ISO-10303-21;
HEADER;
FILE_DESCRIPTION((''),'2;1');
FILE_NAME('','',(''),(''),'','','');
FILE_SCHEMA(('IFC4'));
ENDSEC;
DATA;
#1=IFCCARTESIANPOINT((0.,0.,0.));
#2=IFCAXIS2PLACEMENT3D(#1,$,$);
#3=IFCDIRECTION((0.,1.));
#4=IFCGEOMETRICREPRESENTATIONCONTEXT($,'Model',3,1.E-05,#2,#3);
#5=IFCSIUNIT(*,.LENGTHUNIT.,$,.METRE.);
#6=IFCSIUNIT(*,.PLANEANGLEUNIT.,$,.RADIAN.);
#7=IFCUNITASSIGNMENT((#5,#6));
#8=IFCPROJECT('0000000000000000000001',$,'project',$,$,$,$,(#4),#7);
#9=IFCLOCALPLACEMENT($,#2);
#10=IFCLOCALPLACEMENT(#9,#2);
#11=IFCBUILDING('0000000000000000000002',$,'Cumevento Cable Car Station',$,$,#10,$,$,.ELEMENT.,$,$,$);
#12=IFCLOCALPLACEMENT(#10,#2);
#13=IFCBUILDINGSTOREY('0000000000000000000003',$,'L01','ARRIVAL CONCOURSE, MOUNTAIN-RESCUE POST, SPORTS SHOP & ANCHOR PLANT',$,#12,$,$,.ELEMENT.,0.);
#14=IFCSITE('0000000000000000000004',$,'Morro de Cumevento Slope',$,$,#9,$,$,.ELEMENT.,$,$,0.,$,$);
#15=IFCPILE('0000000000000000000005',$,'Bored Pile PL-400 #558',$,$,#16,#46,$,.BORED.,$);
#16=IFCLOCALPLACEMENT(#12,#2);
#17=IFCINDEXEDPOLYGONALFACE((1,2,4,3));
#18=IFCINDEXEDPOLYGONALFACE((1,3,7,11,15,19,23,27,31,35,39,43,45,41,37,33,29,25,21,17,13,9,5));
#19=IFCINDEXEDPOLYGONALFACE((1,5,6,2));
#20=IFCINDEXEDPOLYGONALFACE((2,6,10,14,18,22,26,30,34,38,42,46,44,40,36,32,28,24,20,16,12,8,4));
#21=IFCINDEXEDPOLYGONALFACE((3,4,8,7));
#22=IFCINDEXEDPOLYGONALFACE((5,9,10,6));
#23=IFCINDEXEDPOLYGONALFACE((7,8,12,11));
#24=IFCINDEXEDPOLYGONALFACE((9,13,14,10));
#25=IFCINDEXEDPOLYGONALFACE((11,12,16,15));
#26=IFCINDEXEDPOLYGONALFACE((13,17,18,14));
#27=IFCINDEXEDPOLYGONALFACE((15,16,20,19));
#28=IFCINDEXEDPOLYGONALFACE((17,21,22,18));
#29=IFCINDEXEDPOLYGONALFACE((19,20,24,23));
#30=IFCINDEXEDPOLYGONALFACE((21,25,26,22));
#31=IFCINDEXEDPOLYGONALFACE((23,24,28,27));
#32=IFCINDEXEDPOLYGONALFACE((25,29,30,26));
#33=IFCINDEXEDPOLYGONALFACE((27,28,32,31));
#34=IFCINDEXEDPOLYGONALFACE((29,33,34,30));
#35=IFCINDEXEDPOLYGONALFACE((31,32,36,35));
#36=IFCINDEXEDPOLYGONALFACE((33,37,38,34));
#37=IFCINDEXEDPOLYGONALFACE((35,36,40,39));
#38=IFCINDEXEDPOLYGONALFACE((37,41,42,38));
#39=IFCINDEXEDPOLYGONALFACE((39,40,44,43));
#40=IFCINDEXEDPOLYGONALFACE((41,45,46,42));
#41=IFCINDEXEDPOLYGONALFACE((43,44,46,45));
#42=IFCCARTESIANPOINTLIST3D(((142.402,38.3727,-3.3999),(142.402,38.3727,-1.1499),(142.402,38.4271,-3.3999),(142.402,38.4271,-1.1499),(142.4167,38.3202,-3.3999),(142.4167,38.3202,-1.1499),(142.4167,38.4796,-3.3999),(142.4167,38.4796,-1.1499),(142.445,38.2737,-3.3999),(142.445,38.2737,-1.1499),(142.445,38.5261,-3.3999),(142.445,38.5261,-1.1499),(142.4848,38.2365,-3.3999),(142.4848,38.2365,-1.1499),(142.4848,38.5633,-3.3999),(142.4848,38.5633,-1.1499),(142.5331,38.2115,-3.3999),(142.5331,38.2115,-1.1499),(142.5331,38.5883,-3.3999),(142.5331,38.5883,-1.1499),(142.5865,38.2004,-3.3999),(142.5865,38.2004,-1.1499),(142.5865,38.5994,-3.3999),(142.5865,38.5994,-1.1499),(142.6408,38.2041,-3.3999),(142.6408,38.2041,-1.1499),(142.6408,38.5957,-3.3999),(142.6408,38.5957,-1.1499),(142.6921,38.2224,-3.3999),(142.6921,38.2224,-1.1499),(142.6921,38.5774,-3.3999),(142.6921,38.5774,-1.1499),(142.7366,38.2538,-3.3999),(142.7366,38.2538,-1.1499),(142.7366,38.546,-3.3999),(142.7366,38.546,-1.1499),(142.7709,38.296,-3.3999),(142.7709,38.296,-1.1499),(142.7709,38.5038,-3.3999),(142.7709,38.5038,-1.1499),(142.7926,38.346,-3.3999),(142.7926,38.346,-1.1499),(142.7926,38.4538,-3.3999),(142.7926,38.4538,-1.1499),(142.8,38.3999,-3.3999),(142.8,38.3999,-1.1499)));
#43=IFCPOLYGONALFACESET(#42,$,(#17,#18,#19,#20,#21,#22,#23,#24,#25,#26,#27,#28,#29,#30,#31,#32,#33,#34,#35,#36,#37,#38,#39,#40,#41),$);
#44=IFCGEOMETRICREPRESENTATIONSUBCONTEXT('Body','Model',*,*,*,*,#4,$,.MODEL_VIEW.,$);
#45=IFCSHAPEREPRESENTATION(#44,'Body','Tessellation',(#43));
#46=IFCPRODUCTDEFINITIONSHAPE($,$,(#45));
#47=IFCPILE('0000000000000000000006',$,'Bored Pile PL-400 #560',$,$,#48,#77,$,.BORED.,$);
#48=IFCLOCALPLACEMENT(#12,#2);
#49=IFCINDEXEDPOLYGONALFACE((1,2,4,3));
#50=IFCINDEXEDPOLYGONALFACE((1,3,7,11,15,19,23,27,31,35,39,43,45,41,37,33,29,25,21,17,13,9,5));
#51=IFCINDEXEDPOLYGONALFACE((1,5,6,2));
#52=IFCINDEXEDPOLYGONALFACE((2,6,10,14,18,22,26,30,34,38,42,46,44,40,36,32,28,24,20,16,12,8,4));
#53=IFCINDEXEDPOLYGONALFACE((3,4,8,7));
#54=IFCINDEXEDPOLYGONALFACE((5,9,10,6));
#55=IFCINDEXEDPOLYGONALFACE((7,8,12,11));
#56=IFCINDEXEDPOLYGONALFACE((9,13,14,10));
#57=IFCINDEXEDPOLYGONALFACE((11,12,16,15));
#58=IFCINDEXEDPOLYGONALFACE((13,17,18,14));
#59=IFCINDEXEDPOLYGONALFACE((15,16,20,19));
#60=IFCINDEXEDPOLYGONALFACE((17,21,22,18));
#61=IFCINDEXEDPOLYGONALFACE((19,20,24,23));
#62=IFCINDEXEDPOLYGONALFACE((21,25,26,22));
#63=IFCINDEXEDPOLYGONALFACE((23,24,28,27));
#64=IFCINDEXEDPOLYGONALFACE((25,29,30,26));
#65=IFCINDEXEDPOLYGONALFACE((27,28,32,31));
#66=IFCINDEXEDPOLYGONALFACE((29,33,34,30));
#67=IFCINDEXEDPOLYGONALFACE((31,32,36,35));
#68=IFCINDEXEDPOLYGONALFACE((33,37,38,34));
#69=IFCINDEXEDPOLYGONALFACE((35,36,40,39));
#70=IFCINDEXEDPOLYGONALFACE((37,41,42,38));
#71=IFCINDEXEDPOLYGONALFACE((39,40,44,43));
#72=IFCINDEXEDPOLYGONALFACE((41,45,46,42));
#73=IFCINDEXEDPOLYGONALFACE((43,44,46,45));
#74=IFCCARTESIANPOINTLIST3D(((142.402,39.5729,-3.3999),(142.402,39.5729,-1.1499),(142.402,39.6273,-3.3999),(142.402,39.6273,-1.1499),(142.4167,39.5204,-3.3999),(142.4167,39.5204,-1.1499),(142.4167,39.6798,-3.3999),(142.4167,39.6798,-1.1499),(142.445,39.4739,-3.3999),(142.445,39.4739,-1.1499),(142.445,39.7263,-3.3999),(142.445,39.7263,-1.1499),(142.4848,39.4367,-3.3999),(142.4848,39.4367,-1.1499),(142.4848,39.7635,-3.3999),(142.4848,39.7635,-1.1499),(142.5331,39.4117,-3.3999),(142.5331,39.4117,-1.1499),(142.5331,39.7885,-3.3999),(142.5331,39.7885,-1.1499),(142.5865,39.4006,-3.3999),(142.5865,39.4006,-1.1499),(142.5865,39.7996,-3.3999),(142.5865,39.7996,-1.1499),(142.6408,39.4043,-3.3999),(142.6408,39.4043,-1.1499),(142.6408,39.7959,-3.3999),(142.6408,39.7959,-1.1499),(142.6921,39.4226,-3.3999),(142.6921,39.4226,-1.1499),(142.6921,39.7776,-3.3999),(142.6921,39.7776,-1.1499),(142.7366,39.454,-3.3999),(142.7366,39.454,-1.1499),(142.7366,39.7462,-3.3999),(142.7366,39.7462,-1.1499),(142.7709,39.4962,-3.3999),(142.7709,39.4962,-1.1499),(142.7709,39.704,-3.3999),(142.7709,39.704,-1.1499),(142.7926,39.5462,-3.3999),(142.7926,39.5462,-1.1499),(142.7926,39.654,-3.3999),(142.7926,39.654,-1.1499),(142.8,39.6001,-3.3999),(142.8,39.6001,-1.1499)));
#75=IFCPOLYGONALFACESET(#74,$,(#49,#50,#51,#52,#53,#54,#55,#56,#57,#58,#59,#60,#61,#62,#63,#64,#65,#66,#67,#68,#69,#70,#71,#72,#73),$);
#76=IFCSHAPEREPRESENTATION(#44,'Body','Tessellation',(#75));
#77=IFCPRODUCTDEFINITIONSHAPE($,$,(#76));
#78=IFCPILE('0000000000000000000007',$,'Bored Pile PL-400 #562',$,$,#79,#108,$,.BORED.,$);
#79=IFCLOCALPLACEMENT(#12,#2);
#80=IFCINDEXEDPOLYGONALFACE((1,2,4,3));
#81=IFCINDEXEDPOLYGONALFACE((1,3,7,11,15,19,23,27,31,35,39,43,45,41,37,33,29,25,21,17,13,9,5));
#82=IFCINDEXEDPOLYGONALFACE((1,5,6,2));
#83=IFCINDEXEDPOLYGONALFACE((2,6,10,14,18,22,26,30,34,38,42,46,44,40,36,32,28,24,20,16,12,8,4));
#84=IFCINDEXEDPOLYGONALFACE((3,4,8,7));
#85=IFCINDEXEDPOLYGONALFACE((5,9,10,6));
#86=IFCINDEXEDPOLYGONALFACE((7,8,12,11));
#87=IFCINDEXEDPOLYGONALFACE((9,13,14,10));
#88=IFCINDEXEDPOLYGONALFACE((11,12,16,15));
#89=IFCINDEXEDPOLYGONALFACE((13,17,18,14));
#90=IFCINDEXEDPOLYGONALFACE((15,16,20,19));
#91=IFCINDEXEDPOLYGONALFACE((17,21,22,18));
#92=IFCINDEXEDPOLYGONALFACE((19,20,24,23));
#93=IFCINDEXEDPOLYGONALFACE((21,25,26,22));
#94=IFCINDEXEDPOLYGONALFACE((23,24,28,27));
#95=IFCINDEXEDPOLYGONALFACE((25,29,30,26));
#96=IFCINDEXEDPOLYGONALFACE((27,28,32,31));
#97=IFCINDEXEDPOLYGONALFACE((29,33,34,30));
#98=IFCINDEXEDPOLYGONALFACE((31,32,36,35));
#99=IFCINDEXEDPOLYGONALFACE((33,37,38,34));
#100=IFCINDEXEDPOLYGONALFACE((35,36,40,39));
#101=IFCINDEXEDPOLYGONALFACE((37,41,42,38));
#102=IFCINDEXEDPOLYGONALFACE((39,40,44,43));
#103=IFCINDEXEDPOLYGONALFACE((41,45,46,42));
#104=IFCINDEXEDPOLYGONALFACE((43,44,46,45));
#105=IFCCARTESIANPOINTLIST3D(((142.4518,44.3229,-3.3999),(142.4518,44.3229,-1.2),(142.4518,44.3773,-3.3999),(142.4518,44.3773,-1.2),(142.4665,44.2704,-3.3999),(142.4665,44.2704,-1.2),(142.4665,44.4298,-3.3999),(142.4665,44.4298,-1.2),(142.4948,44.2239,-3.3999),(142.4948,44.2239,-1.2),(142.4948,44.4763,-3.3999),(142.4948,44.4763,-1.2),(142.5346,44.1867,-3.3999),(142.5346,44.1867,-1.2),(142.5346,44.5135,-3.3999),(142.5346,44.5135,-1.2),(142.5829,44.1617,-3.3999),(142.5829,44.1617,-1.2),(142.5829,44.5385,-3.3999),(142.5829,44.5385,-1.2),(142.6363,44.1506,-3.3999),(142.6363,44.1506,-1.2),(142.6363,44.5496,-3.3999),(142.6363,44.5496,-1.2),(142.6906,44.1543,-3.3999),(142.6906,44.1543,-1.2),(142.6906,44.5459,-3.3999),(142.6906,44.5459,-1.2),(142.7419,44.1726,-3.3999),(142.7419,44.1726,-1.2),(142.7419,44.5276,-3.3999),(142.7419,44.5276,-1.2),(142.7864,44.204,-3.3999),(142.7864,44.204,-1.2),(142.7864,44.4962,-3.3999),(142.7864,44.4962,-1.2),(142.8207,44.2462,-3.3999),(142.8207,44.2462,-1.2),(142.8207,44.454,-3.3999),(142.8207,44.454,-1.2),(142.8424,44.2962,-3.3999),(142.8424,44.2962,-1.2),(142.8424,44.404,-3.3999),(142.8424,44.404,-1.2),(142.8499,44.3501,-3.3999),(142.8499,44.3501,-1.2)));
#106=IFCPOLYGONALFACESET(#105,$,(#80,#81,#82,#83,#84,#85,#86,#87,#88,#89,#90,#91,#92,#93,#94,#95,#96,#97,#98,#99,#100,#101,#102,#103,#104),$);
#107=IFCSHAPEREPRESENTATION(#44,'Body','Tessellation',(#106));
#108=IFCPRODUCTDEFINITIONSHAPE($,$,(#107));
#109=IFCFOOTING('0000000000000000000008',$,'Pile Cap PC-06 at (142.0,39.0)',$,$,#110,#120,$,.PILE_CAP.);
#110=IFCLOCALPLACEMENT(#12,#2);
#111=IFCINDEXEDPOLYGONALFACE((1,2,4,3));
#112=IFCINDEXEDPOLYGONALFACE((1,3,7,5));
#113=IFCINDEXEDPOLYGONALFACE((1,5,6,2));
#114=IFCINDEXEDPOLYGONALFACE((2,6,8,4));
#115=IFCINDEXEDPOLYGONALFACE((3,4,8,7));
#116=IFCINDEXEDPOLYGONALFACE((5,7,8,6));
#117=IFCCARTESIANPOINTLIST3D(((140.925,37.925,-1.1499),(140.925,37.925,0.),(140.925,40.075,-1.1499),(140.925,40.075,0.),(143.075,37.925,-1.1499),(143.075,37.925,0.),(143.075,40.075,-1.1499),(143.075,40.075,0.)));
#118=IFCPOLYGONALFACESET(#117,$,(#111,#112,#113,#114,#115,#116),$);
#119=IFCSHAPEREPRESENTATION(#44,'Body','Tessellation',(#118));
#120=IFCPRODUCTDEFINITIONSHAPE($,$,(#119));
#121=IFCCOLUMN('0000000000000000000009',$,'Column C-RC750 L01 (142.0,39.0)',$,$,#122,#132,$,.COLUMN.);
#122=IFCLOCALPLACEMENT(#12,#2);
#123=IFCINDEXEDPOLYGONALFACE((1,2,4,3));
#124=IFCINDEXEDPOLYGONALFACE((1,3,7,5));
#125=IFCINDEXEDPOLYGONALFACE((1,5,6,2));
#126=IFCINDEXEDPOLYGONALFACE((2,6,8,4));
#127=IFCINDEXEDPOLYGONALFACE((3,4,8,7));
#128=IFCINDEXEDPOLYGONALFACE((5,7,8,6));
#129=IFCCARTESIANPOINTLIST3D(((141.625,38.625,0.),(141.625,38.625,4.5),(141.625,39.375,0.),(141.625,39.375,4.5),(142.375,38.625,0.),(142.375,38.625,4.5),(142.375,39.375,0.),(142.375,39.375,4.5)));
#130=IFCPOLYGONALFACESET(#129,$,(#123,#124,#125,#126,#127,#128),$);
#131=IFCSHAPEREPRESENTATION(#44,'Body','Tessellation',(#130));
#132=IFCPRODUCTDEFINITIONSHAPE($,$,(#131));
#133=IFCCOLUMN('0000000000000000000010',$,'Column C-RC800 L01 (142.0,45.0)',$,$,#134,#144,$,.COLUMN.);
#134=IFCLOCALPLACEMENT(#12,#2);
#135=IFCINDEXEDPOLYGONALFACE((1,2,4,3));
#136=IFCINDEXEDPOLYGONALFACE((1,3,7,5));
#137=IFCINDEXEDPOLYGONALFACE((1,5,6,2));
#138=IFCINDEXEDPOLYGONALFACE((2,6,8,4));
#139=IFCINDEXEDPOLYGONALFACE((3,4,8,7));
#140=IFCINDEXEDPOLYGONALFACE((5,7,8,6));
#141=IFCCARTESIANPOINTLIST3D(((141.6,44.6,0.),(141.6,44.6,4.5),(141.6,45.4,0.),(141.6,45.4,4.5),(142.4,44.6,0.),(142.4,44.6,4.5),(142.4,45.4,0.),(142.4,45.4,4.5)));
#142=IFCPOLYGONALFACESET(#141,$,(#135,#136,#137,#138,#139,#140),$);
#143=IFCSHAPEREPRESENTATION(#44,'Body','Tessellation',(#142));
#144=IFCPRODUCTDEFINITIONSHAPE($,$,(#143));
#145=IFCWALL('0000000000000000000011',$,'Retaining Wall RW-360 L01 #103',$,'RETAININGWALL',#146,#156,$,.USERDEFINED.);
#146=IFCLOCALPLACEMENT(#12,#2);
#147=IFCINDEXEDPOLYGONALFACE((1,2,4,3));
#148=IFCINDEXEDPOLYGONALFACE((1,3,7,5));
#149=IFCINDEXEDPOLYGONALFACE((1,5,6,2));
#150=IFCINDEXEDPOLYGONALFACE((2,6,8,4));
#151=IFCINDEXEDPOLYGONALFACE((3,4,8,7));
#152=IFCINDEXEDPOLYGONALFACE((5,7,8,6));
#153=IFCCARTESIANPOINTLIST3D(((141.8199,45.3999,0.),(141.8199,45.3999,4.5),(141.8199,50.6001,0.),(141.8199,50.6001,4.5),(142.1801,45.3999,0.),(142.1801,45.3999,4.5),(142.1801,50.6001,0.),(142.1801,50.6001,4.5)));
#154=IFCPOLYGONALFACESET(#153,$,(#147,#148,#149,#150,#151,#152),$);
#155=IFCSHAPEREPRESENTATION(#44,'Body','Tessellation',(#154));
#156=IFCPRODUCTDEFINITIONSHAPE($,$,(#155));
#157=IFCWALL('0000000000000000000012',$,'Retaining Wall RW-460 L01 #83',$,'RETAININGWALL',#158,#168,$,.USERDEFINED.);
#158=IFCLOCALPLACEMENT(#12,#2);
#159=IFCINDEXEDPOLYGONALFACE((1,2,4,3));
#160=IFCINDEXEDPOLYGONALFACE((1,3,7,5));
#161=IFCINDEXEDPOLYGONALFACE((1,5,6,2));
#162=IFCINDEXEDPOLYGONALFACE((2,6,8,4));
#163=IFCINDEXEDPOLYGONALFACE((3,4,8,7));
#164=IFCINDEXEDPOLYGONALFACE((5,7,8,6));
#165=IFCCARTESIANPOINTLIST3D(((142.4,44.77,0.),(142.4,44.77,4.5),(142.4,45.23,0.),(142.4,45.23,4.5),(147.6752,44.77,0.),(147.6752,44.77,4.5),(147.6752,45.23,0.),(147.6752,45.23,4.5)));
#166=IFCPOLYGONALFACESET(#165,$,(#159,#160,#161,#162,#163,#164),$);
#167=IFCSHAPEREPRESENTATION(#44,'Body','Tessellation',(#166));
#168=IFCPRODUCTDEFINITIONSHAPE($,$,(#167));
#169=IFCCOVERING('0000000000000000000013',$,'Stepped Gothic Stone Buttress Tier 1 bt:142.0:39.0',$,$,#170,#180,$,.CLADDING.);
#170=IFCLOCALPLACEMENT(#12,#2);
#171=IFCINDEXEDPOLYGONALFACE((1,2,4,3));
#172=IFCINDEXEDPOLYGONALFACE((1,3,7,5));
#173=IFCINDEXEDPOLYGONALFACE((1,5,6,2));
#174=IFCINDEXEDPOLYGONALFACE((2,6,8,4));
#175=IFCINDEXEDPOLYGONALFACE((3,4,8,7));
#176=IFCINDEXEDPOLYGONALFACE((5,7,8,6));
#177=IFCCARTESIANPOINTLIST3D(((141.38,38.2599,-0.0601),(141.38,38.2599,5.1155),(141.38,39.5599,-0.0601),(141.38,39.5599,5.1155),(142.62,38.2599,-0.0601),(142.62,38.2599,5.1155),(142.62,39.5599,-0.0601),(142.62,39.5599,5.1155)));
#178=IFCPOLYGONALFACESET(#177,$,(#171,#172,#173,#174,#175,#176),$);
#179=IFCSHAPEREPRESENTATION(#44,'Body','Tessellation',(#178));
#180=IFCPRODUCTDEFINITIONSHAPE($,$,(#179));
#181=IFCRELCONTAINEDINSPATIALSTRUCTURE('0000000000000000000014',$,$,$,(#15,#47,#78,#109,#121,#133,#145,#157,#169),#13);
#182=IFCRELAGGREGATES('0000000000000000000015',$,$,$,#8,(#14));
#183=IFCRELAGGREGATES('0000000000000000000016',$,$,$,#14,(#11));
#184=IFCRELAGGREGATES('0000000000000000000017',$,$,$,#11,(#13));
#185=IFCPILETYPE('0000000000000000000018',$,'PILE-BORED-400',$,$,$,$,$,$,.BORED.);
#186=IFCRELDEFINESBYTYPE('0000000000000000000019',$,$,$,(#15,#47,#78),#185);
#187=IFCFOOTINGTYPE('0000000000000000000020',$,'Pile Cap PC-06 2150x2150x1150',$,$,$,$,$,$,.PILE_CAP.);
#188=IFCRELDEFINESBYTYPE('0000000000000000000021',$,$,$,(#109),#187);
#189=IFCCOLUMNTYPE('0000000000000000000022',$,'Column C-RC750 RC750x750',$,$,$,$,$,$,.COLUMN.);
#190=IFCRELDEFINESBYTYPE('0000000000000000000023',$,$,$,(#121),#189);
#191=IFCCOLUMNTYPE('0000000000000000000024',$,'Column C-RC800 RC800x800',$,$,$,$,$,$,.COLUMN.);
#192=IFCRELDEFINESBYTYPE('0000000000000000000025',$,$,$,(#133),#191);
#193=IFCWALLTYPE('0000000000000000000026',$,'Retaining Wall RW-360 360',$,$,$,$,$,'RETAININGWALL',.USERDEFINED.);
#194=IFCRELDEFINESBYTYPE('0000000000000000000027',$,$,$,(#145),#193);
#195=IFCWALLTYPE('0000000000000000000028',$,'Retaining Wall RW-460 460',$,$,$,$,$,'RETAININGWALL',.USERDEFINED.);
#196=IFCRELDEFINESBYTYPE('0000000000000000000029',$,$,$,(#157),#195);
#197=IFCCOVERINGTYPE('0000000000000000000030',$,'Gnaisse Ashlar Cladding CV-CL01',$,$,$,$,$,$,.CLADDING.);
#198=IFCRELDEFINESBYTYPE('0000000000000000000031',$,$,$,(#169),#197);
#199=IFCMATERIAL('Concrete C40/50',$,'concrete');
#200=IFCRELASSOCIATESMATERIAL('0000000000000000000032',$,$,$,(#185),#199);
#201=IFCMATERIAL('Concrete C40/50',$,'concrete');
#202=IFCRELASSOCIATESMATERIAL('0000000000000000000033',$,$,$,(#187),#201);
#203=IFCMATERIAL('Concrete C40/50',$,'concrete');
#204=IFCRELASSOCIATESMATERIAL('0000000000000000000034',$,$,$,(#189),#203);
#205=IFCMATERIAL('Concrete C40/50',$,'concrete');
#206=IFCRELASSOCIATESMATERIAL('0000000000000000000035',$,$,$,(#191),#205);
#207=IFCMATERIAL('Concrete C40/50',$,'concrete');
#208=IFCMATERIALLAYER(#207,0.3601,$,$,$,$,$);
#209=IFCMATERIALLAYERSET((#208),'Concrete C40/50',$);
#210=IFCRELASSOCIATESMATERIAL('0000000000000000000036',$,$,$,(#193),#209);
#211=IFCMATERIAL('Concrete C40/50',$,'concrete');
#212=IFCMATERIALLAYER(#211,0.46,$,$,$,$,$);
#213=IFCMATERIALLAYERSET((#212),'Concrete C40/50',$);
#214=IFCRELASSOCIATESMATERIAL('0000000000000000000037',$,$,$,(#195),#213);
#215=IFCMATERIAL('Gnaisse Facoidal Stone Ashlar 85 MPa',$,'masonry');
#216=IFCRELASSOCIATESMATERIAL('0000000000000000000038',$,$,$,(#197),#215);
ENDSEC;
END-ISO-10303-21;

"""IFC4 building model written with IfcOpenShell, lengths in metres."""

from ifc_helpers import new_model, si_unit, direction, frame, frame_2d, origin, origin_2d, place, context, subcontext, project, spatial, rectangle, circle, extrude, material, layer, layer_set, material_profile, profile_set, type_object, element, save


model = new_model("IFC4")

# Units and contexts
model_context = context("Model", 3, precision=1e-05, world=origin(), true_north=direction((0.0, 1.0)))
body_context = subcontext(model_context, "Body", "Model", "MODEL_VIEW")
ifc_project = project(units=[si_unit("LENGTHUNIT", "METRE"), si_unit("PLANEANGLEUNIT", "RADIAN")], contexts=[model_context])

# Site, building, storey
site_placement = place(None, origin())
site = spatial("IfcSite", under=ifc_project, at=site_placement, Name="Morro de Cumevento Slope", CompositionType="ELEMENT", RefElevation=0.0)
building_placement = place(site_placement, origin())
building = spatial("IfcBuilding", under=site, at=building_placement, Name="Cumevento Cable Car Station", CompositionType="ELEMENT")
storey_placement = place(building_placement, origin())
storey = spatial("IfcBuildingStorey", under=building, at=storey_placement, Name="L01", Description="ARRIVAL CONCOURSE, MOUNTAIN-RESCUE POST, SPORTS SHOP & ANCHOR PLANT", CompositionType="ELEMENT", Elevation=0.0)

# Piles
ifc_material_1 = material(Name="Concrete C40/50", Category="concrete")
ifc_material_profile_1 = material_profile(ifc_material_1, circle(Radius=0.2, at=origin_2d()), Name="PILE-D400")
ifc_profile_set_1 = profile_set([ifc_material_profile_1], Name="Concrete C40/50")
pile_type = type_object("IfcPileType", Name="PILE-BORED-400", PredefinedType="BORED", material=ifc_profile_set_1)
for number, where, z_axis, x_axis, name in (
    (1, (142.6001, 38.3999, -1.1499), (0.0, 0.0, -1.0), (1.0, 0.0, 0.0), "Bored Pile PL-400 #558"),
    (2, (142.6001, 39.6001, -1.1499), (0.0, 0.0, -1.0), (1.0, 0.0, 0.0), "Bored Pile PL-400 #560"),
):
    element("IfcPile", number, at=place(storey_placement, frame(where, z_axis=z_axis, x_axis=x_axis)), inside=storey, type_object=pile_type, Name=name, PredefinedType="BORED", context=body_context, shape_type="SweptSolid", body=[
        extrude(circle(Radius=0.2, at=origin_2d()), origin(), (0.0, 0.0, 1.0), 2.25),
    ])
pile_placement = place(storey_placement, frame((142.6499, 44.3501, -1.2), z_axis=(0.0, 0.0, -1.0), x_axis=(1.0, 0.0, 0.0)))
element("IfcPile", 3, at=pile_placement, inside=storey, type_object=pile_type, Name="Bored Pile PL-400 #562", PredefinedType="BORED", context=body_context, shape_type="SweptSolid", body=[
    extrude(circle(Radius=0.2, at=origin_2d()), origin(), (0.0, 0.0, 1.0), 2.2),
])

# Footing
ifc_material_2 = material(Name="Concrete C40/50", Category="concrete")
footing_type = type_object("IfcFootingType", Name="Pile Cap PC-06 2150x2150x1150", PredefinedType="PILE_CAP", material=ifc_material_2)
footing_placement = place(storey_placement, frame((142.0, 39.0, -1.1499), z_axis=(0.0, 0.0, 1.0), x_axis=(1.0, 0.0, 0.0)))
element("IfcFooting", 4, at=footing_placement, inside=storey, type_object=footing_type, Name="Pile Cap PC-06 at (142.0,39.0)", PredefinedType="PILE_CAP", context=body_context, shape_type="SweptSolid", body=[
    extrude(rectangle(XDim=2.1499, YDim=2.1499, at=origin_2d()), origin(), (0.0, 0.0, 1.0), 1.1499),
])

# Columns
ifc_material_3 = material(Name="Concrete C40/50", Category="concrete")
ifc_material_profile_2 = material_profile(ifc_material_3, rectangle(XDim=0.75, YDim=0.75, at=origin_2d()), Name="RC750x750")
ifc_profile_set_2 = profile_set([ifc_material_profile_2], Name="Concrete C40/50")
column_type_1 = type_object("IfcColumnType", Name="Column C-RC750 RC750x750", PredefinedType="COLUMN", material=ifc_profile_set_2)
column_1_placement = place(storey_placement, frame((142.0, 39.0, 0.0), z_axis=(0.0, 0.0, 1.0), x_axis=(1.0, 0.0, 0.0)))
element("IfcColumn", 5, at=column_1_placement, inside=storey, type_object=column_type_1, Name="Column C-RC750 L01 (142.0,39.0)", PredefinedType="COLUMN", context=body_context, shape_type="SweptSolid", body=[
    extrude(rectangle(XDim=0.75, YDim=0.75, at=origin_2d()), origin(), (0.0, 0.0, 1.0), 4.5),
])
ifc_material_4 = material(Name="Concrete C40/50", Category="concrete")
ifc_material_profile_3 = material_profile(ifc_material_4, rectangle(XDim=0.8, YDim=0.8, at=origin_2d()), Name="RC800x800")
ifc_profile_set_3 = profile_set([ifc_material_profile_3], Name="Concrete C40/50")
column_type_2 = type_object("IfcColumnType", Name="Column C-RC800 RC800x800", PredefinedType="COLUMN", material=ifc_profile_set_3)
column_2_placement = place(storey_placement, frame((142.0, 45.0, 0.0), z_axis=(0.0, 0.0, 1.0), x_axis=(1.0, 0.0, 0.0)))
element("IfcColumn", 6, at=column_2_placement, inside=storey, type_object=column_type_2, Name="Column C-RC800 L01 (142.0,45.0)", PredefinedType="COLUMN", context=body_context, shape_type="SweptSolid", body=[
    extrude(rectangle(XDim=0.8, YDim=0.8, at=origin_2d()), origin(), (0.0, 0.0, 1.0), 4.5),
])

# Walls
ifc_material_5 = material(Name="Concrete C40/50", Category="concrete")
ifc_layer_1 = layer(ifc_material_5, 0.3601)
ifc_layer_set_1 = layer_set([ifc_layer_1], Name="Concrete C40/50")
wall_type_1 = type_object("IfcWallType", Name="Retaining Wall RW-360 360", ElementType="RETAININGWALL", PredefinedType="USERDEFINED", material=ifc_layer_set_1)
wall_1_placement = place(storey_placement, frame((142.0, 45.3999, 0.0), z_axis=(0.0, 0.0, 1.0), x_axis=(0.0, 1.0, 0.0)))
element("IfcWall", 7, at=wall_1_placement, inside=storey, type_object=wall_type_1, Name="Retaining Wall RW-360 L01 #103", ObjectType="RETAININGWALL", PredefinedType="USERDEFINED", context=body_context, shape_type="SweptSolid", body=[
    extrude(rectangle(XDim=5.2002, YDim=0.3601, at=frame_2d((2.6001, 0.0))), origin(), (0.0, 0.0, 1.0), 4.5),
])
ifc_material_6 = material(Name="Concrete C40/50", Category="concrete")
ifc_layer_2 = layer(ifc_material_6, 0.46)
ifc_layer_set_2 = layer_set([ifc_layer_2], Name="Concrete C40/50")
wall_type_2 = type_object("IfcWallType", Name="Retaining Wall RW-460 460", ElementType="RETAININGWALL", PredefinedType="USERDEFINED", material=ifc_layer_set_2)
wall_2_placement = place(storey_placement, frame((142.3999, 45.0, 0.0), z_axis=(0.0, 0.0, 1.0), x_axis=(1.0, 0.0, 0.0)))
element("IfcWall", 8, at=wall_2_placement, inside=storey, type_object=wall_type_2, Name="Retaining Wall RW-460 L01 #83", ObjectType="RETAININGWALL", PredefinedType="USERDEFINED", context=body_context, shape_type="SweptSolid", body=[
    extrude(rectangle(XDim=5.2751, YDim=0.46, at=frame_2d((2.6377, 0.0))), origin(), (0.0, 0.0, 1.0), 4.5),
])

# Covering
ifc_material_7 = material(Name="Gnaisse Facoidal Stone Ashlar 85 MPa", Category="masonry")
covering_type = type_object("IfcCoveringType", Name="Gnaisse Ashlar Cladding CV-CL01", PredefinedType="CLADDING", material=ifc_material_7)
covering_1_placement = place(storey_placement, frame((142.0, 38.9099, -0.0601), z_axis=(0.0, 0.0, 1.0), x_axis=(1.0, 0.0, 0.0)))
element("IfcCovering", 9, at=covering_1_placement, inside=storey, type_object=covering_type, Name="Stepped Gothic Stone Buttress Tier 1 bt:142.0:39.0", PredefinedType="CLADDING", context=body_context, shape_type="SweptSolid", body=[
    extrude(rectangle(XDim=1.24, YDim=1.3, at=origin_2d()), origin(), (0.0, 0.0, 1.0), 5.1755),
])

save(model, "model.ifc")
